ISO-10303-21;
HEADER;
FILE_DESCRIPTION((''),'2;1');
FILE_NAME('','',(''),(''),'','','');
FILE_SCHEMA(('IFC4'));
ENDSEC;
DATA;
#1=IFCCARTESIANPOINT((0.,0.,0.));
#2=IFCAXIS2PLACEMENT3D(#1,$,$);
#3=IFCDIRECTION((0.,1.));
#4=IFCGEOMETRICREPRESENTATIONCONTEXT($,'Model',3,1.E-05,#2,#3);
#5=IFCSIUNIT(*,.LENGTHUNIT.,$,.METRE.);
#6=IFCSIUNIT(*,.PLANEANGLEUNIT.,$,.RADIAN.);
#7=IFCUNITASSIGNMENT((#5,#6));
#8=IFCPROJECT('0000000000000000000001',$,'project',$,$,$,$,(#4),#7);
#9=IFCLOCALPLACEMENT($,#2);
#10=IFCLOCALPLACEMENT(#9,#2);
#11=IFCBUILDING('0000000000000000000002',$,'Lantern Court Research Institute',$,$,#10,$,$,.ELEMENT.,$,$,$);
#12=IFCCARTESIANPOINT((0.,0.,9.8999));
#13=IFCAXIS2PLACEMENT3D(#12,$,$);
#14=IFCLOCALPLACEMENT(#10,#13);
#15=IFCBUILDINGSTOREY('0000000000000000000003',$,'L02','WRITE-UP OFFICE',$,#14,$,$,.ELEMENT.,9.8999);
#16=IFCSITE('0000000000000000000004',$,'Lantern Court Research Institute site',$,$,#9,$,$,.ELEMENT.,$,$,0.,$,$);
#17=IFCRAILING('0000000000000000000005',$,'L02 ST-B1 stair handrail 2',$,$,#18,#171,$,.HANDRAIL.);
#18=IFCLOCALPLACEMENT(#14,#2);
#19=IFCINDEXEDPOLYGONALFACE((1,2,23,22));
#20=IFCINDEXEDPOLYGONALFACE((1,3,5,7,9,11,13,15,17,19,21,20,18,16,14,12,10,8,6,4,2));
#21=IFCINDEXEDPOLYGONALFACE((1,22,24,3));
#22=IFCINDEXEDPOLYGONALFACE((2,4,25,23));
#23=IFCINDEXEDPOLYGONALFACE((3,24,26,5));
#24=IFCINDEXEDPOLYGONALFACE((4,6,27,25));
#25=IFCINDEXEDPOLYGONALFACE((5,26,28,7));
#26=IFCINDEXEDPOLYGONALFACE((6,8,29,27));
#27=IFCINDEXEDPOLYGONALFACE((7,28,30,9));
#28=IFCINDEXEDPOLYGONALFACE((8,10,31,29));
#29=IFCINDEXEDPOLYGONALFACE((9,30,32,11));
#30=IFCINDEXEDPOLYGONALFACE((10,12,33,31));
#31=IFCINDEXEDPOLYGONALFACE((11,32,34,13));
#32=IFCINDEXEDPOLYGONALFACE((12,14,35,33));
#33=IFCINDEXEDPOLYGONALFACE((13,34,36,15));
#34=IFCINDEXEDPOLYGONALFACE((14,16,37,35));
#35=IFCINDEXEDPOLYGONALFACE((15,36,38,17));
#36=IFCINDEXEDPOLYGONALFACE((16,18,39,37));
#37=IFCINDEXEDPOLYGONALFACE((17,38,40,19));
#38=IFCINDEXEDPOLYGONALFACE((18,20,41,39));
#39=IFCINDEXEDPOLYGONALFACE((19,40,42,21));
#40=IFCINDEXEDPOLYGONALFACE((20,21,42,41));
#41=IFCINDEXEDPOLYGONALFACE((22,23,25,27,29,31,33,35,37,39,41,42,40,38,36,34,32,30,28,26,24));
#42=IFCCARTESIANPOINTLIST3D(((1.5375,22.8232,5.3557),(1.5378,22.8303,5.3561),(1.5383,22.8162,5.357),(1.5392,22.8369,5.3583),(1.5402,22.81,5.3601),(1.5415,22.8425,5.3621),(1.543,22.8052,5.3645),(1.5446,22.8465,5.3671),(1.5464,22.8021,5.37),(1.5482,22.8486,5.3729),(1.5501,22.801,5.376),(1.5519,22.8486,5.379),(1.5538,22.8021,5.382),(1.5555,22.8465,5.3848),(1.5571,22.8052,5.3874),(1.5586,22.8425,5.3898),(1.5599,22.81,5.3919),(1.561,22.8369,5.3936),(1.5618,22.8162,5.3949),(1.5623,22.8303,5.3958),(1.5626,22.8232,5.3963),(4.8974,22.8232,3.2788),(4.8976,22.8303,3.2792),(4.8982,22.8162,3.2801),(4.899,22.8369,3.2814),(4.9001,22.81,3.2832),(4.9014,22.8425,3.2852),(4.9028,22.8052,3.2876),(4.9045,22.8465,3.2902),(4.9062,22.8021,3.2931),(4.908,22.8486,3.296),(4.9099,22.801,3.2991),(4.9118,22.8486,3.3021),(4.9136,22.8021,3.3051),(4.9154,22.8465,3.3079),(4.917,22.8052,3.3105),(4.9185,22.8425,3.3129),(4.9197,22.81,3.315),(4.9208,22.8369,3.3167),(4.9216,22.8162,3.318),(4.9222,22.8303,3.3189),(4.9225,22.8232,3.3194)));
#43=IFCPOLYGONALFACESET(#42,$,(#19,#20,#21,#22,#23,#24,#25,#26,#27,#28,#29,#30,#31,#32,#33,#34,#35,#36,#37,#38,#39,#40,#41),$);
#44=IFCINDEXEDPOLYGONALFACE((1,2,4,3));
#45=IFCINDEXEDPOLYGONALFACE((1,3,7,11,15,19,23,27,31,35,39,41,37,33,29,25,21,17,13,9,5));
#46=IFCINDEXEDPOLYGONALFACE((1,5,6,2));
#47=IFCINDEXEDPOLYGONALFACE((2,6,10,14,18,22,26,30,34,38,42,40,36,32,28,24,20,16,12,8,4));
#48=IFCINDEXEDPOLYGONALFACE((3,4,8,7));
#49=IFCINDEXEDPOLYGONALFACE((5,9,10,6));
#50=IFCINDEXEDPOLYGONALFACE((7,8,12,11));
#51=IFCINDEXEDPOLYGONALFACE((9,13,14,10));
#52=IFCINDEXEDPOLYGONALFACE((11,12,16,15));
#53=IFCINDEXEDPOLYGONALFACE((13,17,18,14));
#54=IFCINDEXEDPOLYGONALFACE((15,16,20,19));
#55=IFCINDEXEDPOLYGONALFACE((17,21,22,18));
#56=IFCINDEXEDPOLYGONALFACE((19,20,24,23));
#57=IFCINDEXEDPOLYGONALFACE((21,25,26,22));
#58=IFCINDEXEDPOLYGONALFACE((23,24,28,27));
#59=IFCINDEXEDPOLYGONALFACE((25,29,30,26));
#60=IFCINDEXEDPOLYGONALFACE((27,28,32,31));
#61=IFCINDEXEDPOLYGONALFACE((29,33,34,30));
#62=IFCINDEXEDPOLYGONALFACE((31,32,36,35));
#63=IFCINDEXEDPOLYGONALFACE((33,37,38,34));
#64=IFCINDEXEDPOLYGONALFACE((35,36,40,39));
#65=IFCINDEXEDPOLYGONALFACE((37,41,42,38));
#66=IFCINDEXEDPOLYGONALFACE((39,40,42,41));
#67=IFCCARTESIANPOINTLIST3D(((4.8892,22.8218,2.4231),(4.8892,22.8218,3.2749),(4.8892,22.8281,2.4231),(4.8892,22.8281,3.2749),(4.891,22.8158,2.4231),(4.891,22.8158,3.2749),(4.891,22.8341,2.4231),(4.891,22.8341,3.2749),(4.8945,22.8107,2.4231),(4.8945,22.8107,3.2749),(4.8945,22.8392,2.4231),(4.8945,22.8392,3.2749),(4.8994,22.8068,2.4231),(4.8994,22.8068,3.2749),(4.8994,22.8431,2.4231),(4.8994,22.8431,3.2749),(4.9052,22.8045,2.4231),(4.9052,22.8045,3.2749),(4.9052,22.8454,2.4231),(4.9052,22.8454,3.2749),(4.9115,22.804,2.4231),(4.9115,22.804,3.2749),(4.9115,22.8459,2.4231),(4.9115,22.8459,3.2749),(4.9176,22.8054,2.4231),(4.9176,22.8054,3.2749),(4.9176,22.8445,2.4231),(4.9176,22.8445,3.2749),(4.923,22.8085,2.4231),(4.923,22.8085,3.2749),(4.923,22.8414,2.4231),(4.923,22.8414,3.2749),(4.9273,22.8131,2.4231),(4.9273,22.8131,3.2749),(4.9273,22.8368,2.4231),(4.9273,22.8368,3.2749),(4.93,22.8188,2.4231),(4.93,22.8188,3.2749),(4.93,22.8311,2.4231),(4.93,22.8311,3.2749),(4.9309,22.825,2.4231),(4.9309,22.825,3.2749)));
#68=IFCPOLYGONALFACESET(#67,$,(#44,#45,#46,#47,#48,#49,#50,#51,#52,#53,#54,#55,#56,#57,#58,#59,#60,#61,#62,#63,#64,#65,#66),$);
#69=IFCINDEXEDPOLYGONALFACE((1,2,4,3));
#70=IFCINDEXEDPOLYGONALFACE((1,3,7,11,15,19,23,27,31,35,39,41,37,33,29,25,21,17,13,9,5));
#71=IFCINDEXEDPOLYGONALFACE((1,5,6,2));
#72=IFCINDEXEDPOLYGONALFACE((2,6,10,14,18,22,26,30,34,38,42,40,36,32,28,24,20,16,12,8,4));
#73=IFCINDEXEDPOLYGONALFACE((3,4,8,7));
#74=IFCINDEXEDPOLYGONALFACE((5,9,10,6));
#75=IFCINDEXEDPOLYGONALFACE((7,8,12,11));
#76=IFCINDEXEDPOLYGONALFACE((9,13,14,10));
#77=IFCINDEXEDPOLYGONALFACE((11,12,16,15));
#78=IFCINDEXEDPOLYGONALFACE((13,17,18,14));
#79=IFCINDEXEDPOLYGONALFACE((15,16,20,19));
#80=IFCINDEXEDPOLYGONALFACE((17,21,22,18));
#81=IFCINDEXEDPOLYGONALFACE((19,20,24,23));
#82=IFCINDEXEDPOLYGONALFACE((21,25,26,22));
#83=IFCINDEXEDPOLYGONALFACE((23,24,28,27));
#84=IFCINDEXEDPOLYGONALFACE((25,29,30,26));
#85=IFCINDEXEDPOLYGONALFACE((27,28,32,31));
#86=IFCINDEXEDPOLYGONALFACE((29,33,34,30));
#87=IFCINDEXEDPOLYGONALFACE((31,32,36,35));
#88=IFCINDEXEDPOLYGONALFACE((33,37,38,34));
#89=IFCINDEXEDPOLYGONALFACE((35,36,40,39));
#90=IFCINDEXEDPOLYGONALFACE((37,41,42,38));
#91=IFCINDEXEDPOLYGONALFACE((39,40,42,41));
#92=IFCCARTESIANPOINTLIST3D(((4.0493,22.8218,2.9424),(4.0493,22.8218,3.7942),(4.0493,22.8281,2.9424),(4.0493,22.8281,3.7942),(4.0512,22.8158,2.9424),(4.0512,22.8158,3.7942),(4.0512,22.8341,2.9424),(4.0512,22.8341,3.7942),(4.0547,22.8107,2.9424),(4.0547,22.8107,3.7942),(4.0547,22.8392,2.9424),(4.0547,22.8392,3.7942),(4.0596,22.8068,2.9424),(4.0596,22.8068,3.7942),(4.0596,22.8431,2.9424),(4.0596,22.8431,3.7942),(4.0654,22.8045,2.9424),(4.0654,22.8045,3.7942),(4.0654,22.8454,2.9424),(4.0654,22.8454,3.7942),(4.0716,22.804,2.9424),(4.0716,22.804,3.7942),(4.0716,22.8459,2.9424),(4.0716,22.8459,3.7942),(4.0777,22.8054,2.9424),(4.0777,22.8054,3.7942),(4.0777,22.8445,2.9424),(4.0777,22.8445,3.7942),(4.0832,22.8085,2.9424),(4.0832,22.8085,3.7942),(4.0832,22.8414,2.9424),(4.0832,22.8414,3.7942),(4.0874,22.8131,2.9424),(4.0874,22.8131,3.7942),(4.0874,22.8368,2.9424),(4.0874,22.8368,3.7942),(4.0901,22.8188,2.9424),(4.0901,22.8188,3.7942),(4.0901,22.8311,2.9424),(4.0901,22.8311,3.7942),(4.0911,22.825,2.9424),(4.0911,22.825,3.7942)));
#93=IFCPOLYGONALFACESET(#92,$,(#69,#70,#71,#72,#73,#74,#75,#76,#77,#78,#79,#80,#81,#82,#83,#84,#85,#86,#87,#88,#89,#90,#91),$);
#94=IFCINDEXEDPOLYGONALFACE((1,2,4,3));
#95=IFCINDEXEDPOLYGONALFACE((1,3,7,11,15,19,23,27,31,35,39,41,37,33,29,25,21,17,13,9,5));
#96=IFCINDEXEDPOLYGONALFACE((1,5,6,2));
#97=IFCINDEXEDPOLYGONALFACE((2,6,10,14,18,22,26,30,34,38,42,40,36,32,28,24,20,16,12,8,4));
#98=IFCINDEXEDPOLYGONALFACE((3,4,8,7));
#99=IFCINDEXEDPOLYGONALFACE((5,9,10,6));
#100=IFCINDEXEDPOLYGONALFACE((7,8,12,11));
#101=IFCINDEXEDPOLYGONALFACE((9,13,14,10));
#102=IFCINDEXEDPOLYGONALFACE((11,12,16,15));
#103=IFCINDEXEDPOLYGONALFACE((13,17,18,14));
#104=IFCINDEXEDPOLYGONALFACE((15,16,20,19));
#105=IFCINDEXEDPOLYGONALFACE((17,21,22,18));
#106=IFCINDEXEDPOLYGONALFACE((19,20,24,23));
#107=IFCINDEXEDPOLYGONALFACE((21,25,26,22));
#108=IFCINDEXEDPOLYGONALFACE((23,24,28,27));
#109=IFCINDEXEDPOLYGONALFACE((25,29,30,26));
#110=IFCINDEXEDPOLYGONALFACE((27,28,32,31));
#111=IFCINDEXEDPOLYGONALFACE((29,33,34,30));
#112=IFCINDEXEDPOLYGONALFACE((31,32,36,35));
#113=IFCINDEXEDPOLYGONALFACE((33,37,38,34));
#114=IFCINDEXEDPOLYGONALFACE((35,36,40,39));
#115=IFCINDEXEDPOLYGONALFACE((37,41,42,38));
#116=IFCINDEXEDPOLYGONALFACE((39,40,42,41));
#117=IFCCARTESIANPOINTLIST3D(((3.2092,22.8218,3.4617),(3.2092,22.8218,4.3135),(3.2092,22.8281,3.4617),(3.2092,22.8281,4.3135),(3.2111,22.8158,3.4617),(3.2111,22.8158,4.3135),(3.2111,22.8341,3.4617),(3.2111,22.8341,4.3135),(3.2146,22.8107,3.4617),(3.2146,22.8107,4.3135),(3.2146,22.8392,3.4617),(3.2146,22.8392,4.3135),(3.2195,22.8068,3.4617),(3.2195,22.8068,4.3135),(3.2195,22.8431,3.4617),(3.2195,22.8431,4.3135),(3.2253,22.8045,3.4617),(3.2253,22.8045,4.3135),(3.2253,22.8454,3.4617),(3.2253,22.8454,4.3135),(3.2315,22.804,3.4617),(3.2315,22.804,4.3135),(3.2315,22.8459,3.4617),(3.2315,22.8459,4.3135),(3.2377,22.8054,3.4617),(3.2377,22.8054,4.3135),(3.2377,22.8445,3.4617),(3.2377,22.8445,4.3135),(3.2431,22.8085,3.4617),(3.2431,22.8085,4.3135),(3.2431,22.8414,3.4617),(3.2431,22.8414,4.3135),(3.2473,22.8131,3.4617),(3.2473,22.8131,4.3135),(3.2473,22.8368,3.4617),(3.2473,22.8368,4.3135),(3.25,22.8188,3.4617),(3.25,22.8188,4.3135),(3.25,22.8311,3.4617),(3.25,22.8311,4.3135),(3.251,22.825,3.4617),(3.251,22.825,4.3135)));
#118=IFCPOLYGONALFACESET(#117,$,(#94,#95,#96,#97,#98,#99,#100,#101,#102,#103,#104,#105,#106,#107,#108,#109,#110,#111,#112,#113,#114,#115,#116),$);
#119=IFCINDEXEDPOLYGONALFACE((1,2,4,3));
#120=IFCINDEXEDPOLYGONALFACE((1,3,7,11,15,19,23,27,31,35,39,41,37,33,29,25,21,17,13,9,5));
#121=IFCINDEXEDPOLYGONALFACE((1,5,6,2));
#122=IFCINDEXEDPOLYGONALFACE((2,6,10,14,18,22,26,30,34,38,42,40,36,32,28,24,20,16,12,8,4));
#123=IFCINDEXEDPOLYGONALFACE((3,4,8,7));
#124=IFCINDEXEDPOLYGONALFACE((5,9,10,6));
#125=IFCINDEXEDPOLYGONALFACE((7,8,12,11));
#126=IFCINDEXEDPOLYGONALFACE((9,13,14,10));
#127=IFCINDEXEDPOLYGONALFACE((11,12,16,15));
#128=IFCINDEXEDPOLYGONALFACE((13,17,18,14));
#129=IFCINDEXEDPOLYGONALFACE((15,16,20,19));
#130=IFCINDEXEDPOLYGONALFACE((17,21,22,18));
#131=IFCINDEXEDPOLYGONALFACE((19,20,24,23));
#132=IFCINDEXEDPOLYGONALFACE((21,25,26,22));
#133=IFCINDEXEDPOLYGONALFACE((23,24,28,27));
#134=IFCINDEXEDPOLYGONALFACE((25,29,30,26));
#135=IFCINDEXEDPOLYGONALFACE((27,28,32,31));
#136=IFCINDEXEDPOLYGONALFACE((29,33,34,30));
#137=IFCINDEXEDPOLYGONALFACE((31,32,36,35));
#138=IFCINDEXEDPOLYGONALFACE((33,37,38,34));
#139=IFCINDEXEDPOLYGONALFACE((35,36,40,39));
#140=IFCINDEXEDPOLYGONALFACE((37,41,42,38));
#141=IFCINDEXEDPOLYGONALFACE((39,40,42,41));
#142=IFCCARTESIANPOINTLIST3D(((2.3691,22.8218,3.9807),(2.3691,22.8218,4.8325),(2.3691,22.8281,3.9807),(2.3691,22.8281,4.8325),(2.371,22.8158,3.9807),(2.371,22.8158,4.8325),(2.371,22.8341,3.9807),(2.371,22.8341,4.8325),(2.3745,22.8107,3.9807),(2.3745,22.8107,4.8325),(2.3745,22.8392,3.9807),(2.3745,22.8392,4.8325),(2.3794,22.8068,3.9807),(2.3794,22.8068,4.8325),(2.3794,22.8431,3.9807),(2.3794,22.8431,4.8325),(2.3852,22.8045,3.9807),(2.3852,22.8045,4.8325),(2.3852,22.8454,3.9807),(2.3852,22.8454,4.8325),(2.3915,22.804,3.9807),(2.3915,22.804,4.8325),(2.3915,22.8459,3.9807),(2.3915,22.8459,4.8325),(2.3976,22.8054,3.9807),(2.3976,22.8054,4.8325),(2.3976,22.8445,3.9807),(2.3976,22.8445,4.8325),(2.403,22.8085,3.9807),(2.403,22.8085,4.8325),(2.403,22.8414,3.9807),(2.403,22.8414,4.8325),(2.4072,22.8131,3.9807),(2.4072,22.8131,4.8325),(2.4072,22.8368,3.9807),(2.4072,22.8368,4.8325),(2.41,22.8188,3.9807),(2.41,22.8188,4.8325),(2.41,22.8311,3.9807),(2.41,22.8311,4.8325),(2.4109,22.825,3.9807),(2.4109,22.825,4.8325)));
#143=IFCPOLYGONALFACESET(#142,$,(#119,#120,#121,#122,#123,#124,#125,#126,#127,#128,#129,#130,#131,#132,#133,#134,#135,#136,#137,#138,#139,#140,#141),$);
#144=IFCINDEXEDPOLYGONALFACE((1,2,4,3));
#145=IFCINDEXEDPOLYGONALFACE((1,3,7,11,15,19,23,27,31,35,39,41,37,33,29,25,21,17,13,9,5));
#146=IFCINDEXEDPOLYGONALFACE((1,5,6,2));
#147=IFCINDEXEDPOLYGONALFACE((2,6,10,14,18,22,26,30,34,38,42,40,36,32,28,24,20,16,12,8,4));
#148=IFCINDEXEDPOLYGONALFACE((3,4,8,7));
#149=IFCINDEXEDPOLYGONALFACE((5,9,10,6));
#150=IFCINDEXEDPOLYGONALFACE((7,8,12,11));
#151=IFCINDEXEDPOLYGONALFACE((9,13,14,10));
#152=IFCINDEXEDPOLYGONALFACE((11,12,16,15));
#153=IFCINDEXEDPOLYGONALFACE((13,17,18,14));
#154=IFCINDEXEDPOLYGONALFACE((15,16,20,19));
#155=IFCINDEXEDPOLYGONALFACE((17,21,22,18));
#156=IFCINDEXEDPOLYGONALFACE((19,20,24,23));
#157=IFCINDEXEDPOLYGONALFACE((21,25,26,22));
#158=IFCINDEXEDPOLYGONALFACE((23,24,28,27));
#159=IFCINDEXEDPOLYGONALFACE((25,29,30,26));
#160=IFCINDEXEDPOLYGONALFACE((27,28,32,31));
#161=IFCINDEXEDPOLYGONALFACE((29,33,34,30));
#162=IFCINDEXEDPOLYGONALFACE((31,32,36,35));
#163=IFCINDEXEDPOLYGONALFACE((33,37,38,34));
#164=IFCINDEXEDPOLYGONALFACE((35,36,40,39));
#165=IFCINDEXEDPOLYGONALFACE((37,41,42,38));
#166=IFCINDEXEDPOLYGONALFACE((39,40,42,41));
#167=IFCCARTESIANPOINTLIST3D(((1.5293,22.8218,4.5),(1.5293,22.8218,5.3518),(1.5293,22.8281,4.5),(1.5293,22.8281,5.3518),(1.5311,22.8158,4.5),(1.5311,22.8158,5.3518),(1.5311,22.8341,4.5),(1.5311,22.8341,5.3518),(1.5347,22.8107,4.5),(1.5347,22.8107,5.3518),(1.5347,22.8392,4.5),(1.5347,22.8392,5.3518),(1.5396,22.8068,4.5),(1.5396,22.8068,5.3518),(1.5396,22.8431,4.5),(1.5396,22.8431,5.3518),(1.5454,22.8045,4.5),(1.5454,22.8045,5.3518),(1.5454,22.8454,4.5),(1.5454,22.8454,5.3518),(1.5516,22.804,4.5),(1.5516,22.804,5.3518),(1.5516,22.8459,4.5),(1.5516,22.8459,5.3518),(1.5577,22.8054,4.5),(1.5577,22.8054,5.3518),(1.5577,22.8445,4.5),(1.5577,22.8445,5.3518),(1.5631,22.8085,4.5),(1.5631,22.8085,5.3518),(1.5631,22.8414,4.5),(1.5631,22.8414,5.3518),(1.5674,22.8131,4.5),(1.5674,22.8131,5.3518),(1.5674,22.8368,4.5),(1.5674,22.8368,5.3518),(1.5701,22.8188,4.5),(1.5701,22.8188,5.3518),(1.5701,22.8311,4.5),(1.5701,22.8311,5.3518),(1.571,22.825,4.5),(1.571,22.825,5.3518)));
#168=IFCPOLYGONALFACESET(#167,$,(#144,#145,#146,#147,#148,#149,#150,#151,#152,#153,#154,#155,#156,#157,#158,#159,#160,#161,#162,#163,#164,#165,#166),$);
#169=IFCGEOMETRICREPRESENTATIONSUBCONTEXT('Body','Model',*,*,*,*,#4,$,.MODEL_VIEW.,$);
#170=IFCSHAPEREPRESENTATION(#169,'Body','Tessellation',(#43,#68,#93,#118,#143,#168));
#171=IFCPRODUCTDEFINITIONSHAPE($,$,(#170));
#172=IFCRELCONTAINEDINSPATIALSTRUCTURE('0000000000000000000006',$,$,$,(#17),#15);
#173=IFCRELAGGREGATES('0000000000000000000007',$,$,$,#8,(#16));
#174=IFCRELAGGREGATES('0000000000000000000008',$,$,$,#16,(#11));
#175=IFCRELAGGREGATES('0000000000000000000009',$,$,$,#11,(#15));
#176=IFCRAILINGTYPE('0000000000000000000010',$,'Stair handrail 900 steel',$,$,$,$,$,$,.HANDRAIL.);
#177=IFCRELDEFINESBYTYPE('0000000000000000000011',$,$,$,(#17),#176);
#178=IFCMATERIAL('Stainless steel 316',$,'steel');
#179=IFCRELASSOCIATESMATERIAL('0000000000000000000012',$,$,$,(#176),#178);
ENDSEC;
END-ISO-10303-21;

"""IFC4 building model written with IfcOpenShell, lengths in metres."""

from ifc_helpers import new_model, si_unit, direction, frame, origin, origin_2d, place, context, subcontext, project, spatial, circle, extrude, material, type_object, element, save


model = new_model("IFC4")

# Units and contexts
model_context = context("Model", 3, precision=1e-05, world=origin(), true_north=direction((0.0, 1.0)))
body_context = subcontext(model_context, "Body", "Model", "MODEL_VIEW")
ifc_project = project(units=[si_unit("LENGTHUNIT", "METRE"), si_unit("PLANEANGLEUNIT", "RADIAN")], contexts=[model_context])

# Site, building, storey
site_placement = place(None, origin())
site = spatial("IfcSite", under=ifc_project, at=site_placement, Name="Lantern Court Research Institute site", CompositionType="ELEMENT", RefElevation=0.0)
building_placement = place(site_placement, origin())
building = spatial("IfcBuilding", under=site, at=building_placement, Name="Lantern Court Research Institute", CompositionType="ELEMENT")
storey_placement = place(building_placement, frame((0.0, 0.0, 9.8999)))
storey = spatial("IfcBuildingStorey", under=building, at=storey_placement, Name="L02", Description="WRITE-UP OFFICE", CompositionType="ELEMENT", Elevation=9.8999)

# Railing
ifc_material_1 = material(Name="Stainless steel 316", Category="steel")
railing_type_1 = type_object("IfcRailingType", Name="Stair handrail 900 steel", PredefinedType="HANDRAIL", material=ifc_material_1)
railing_1_placement = place(storey_placement, frame((4.9099, 22.825, 2.4231)))
element("IfcRailing", 1, at=railing_1_placement, inside=storey, type_object=railing_type_1, Name="L02 ST-B1 stair handrail 2", PredefinedType="HANDRAIL", context=body_context, shape_type="SweptSolid", body=[
    extrude(circle(Radius=0.0239, at=origin_2d()), frame((0.0, 0.0, 0.876), z_axis=(-0.850606, 0.0, 0.525803), x_axis=(0.0, -1.0, 0.0)), (0.0, 0.0, 1.0), 3.95),
    extrude(circle(Radius=0.021, at=origin_2d()), origin(), (0.0, 0.0, 1.0), 0.8518),
    extrude(circle(Radius=0.021, at=origin_2d()), frame((-0.8398, 0.0, 0.5193)), (0.0, 0.0, 1.0), 0.8518),
    extrude(circle(Radius=0.021, at=origin_2d()), frame((-1.6799, 0.0, 1.0386)), (0.0, 0.0, 1.0), 0.8518),
    extrude(circle(Radius=0.021, at=origin_2d()), frame((-2.52, 0.0, 1.5576)), (0.0, 0.0, 1.0), 0.8518),
    extrude(circle(Radius=0.021, at=origin_2d()), frame((-3.3599, 0.0, 2.0769)), (0.0, 0.0, 1.0), 0.8518),
])

save(model, "model.ifc")
